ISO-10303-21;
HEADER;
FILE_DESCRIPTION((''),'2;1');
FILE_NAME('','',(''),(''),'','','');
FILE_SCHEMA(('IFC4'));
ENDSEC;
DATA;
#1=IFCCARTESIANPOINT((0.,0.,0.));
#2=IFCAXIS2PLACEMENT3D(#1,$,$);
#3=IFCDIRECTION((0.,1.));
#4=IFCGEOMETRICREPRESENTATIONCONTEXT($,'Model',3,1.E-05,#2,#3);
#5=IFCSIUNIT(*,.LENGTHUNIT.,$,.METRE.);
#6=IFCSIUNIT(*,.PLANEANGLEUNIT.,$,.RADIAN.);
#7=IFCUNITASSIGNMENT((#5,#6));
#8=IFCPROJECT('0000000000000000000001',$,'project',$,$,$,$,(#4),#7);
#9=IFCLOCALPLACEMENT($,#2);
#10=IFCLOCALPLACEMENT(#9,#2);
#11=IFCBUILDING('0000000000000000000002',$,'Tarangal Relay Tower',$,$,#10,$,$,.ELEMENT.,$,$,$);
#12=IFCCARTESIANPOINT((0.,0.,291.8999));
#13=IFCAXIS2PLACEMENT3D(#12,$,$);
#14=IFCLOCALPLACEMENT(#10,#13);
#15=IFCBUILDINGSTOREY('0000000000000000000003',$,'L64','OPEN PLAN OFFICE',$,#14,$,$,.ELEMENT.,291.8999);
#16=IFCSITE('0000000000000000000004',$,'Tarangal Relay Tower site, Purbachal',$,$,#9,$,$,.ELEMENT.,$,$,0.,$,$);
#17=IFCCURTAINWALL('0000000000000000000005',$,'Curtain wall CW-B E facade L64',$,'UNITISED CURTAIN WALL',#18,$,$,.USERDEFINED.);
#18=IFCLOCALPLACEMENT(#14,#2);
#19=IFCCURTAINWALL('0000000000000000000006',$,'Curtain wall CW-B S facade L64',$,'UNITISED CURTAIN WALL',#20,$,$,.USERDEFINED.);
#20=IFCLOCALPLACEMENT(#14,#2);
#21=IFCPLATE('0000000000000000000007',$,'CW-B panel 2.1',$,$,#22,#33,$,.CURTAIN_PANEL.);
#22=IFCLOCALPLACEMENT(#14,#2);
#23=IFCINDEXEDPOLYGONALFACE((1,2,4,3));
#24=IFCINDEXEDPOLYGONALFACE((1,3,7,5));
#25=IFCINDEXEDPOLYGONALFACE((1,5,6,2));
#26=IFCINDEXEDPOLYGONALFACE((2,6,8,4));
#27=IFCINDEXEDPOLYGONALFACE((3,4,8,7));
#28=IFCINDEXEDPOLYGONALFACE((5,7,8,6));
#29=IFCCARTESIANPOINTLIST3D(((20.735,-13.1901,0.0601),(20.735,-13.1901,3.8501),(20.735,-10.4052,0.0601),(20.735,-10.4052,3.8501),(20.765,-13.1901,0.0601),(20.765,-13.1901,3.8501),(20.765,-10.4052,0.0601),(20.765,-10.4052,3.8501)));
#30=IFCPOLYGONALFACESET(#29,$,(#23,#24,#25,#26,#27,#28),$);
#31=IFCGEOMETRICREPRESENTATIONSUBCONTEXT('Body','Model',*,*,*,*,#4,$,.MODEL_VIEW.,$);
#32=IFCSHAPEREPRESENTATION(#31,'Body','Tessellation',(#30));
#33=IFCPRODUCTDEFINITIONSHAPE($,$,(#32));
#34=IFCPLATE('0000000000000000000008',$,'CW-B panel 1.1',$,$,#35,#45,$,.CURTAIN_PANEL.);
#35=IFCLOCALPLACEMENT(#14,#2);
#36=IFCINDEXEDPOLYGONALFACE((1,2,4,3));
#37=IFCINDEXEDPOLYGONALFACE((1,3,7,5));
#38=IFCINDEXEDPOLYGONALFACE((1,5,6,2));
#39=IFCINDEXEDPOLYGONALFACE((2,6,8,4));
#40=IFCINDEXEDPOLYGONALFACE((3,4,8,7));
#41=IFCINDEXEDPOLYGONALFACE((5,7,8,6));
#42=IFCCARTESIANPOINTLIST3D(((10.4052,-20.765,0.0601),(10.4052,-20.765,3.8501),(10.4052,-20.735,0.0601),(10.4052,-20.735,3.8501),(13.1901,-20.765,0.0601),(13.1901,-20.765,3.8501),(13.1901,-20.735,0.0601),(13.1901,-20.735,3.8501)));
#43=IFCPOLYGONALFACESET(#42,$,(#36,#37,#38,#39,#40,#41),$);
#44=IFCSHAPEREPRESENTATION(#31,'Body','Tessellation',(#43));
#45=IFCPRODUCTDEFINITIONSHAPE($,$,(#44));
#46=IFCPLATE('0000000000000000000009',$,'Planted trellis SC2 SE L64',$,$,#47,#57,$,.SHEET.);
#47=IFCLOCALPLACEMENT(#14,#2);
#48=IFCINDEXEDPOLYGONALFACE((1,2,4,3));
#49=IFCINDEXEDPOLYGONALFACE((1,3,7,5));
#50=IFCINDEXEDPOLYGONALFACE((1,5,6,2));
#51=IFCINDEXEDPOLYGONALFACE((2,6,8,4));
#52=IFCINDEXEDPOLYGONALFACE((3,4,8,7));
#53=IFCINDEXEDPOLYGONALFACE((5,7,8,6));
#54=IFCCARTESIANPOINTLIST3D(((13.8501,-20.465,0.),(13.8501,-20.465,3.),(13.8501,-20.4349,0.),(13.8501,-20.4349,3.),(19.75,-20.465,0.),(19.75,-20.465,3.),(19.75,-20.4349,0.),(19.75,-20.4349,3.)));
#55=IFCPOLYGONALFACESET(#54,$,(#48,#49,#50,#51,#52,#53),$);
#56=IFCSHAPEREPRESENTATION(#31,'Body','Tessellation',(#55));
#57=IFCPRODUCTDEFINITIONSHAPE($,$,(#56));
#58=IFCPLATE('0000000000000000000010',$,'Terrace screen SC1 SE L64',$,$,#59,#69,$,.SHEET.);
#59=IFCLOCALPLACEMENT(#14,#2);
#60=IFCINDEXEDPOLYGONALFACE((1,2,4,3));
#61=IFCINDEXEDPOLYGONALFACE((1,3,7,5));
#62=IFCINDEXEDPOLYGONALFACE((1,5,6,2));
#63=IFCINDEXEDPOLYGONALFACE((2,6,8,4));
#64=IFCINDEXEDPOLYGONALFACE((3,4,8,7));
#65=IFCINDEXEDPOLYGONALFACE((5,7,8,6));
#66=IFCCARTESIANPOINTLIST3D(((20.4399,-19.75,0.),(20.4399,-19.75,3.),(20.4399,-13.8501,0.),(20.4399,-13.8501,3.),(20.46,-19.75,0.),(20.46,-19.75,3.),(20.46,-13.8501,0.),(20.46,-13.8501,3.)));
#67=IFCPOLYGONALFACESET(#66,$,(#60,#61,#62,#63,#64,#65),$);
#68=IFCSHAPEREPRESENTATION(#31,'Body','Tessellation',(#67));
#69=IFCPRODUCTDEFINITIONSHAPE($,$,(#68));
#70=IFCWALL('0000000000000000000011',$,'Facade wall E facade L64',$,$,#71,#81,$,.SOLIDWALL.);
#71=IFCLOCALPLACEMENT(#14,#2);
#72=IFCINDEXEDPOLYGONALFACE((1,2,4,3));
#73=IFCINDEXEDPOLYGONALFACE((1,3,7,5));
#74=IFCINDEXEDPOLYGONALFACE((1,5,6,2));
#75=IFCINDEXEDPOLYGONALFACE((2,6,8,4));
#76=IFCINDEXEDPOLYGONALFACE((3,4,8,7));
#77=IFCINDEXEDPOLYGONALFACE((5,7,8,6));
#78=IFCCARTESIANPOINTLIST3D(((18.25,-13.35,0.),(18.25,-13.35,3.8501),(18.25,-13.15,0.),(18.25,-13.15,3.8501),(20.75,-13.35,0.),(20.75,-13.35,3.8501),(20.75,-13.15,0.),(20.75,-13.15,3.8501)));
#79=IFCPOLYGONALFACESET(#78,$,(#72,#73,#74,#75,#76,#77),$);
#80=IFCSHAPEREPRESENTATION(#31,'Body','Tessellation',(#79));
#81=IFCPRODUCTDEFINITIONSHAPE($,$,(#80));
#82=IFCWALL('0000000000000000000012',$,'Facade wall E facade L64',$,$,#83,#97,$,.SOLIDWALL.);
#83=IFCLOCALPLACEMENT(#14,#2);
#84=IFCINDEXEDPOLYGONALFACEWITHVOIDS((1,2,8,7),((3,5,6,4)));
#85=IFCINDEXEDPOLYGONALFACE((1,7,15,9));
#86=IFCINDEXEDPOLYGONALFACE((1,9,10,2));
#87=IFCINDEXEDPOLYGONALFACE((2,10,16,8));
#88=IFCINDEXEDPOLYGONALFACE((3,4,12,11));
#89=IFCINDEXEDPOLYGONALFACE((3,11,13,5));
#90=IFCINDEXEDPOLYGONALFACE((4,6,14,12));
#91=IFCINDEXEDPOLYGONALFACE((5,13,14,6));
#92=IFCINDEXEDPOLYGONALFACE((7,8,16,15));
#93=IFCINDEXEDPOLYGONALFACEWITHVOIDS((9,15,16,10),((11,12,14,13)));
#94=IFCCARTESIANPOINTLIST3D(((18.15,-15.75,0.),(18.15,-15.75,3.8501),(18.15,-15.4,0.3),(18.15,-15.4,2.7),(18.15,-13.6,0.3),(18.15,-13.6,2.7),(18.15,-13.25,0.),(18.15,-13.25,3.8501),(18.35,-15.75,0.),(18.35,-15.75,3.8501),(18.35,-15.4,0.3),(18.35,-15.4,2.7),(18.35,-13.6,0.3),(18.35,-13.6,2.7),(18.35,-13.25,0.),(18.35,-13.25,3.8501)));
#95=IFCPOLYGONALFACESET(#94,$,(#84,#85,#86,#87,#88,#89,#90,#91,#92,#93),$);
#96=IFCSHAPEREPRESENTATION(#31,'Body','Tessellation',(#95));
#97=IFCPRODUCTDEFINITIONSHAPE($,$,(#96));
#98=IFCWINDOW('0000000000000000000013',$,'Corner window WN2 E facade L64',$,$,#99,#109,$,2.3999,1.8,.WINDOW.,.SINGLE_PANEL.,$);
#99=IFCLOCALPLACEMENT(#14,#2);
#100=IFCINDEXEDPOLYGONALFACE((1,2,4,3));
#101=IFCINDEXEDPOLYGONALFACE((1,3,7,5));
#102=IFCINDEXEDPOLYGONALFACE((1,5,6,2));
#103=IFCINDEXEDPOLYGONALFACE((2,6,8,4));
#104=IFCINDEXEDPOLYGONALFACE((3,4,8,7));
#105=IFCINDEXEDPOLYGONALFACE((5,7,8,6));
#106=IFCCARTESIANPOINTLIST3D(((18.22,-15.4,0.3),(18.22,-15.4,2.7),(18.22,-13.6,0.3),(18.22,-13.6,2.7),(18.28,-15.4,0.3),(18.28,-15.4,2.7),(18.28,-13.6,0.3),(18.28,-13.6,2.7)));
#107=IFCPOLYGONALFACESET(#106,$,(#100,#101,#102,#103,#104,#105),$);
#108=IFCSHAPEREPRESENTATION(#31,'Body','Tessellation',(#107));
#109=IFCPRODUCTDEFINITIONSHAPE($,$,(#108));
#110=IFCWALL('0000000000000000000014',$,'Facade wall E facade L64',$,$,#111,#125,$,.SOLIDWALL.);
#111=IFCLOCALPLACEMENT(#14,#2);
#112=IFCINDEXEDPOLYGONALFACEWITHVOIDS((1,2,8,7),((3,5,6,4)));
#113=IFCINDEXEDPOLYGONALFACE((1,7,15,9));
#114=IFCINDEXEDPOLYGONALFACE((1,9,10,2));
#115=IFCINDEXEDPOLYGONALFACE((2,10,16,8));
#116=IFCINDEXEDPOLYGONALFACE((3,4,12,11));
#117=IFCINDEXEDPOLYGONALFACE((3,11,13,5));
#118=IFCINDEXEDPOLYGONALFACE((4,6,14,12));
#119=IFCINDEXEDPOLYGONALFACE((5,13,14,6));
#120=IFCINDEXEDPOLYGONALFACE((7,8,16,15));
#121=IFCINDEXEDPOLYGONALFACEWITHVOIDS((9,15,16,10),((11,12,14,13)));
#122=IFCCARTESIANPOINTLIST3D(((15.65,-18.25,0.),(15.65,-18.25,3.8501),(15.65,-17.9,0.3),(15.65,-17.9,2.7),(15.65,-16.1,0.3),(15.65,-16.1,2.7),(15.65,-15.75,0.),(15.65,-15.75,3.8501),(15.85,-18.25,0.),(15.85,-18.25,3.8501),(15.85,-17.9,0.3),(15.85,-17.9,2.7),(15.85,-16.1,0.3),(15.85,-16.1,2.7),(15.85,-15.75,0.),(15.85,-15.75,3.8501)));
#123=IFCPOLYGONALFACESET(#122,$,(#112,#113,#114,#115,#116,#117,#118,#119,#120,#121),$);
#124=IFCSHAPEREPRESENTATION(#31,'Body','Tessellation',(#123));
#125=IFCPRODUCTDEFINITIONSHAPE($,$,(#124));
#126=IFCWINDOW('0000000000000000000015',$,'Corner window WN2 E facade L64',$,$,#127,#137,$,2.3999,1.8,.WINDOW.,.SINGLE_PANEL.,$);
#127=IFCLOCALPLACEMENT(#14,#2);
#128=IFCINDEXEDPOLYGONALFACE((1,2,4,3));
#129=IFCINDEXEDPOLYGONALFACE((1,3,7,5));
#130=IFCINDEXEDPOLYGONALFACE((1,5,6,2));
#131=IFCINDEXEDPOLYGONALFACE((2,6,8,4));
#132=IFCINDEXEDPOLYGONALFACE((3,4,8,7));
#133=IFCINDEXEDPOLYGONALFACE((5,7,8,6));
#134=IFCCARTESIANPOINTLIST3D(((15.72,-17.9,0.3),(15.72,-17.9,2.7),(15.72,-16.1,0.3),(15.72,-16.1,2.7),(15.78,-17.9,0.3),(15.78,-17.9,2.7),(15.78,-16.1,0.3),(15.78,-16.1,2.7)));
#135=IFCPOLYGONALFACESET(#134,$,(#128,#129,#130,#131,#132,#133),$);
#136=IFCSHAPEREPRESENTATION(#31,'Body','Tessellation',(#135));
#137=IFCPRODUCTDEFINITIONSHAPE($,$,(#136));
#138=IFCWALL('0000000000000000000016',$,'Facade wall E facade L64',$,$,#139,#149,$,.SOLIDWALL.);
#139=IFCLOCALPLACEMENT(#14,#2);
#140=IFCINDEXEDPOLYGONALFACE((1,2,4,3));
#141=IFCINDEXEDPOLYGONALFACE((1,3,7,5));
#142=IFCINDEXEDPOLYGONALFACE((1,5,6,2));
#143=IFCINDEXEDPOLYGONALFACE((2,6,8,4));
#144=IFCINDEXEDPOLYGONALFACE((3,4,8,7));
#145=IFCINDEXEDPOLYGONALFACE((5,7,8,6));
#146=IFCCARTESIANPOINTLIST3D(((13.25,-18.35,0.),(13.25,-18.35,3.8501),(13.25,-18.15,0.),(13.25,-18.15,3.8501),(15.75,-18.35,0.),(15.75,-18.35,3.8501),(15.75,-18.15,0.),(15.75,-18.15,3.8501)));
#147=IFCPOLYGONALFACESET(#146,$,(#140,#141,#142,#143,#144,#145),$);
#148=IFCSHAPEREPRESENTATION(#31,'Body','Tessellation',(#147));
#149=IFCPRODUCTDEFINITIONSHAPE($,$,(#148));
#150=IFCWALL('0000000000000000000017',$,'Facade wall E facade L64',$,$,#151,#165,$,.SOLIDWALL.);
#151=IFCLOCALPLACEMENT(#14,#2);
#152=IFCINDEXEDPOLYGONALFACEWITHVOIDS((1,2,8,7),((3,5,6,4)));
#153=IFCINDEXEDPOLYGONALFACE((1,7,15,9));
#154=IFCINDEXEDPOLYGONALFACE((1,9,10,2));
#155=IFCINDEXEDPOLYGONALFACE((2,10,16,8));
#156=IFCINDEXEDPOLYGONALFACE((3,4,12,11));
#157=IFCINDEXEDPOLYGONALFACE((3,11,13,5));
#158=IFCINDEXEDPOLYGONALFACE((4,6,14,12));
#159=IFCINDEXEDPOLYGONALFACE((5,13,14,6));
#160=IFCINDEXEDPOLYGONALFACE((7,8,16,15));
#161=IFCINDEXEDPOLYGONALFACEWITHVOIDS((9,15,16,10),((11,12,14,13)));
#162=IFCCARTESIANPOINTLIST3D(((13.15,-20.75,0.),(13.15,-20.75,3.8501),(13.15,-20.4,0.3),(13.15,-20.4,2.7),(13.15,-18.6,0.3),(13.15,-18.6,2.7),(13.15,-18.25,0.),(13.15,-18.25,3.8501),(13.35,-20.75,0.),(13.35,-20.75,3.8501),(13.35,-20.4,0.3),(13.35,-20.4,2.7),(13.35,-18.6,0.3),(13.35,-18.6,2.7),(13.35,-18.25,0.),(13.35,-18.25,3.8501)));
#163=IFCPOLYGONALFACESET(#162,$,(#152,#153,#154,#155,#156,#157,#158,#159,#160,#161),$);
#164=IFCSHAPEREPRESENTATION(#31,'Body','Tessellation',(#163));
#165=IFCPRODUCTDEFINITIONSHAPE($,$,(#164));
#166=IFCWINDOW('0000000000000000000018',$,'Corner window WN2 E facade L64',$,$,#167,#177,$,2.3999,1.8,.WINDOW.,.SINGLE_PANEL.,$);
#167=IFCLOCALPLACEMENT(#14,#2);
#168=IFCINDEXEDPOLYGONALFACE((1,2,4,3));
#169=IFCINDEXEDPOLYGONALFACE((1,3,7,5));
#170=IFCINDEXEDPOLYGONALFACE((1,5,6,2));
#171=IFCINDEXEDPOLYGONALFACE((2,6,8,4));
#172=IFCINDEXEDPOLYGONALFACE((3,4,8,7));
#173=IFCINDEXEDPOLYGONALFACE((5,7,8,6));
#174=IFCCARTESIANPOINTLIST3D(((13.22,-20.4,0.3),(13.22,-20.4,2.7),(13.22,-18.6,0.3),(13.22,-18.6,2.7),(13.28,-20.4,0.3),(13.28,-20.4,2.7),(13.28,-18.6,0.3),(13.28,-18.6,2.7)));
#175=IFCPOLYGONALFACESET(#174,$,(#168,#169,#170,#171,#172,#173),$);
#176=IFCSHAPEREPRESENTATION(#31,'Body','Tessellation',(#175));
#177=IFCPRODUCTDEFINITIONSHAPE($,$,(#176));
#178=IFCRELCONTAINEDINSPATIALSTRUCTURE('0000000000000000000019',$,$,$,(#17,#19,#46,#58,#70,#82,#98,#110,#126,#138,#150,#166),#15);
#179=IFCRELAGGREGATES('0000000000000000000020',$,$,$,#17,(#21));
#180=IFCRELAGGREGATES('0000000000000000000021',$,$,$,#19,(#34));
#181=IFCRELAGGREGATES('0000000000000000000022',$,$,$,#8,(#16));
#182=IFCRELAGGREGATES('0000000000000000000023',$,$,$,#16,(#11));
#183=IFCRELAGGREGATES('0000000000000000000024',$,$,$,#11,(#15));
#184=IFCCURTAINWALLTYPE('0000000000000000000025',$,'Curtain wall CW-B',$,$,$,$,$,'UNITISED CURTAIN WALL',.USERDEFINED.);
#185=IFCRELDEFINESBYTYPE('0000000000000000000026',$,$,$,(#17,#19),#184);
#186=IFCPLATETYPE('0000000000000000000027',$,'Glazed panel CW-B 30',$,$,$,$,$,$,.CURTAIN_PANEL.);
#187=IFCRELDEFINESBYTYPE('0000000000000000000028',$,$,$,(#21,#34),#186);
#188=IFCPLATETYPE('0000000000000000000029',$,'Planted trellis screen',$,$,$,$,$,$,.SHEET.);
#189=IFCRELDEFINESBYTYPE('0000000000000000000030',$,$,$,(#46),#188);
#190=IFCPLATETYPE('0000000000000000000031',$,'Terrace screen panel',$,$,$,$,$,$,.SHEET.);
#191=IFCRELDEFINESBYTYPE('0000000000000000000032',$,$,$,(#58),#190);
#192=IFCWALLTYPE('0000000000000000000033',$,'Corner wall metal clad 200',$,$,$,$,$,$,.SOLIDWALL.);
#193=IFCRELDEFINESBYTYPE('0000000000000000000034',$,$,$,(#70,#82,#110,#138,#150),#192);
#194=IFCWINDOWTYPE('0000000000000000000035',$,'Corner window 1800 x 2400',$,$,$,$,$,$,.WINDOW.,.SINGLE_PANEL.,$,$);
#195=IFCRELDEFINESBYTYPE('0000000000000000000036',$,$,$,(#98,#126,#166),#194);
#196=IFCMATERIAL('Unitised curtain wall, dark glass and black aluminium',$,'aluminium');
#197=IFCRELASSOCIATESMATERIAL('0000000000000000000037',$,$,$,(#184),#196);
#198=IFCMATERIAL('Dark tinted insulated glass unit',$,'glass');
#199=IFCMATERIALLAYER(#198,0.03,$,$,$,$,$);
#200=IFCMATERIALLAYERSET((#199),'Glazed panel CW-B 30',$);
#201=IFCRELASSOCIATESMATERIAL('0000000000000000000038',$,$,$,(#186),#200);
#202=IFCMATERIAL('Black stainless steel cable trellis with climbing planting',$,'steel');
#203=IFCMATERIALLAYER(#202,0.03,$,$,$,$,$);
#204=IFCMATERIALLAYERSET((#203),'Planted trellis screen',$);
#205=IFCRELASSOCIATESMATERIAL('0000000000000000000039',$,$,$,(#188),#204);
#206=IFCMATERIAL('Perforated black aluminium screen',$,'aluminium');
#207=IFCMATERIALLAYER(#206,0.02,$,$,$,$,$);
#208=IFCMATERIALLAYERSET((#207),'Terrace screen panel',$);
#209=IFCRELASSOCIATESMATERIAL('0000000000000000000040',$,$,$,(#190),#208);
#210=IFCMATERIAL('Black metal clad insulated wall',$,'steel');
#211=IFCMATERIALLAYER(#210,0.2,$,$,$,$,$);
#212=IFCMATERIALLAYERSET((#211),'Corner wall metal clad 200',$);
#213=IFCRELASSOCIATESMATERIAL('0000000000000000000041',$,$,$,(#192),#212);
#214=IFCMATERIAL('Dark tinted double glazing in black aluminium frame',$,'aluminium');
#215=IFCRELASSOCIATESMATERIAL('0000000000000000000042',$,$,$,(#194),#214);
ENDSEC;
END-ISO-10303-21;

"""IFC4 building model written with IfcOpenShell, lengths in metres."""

from ifc_helpers import new_model, si_unit, direction, frame, frame_2d, origin, origin_2d, place, context, subcontext, project, spatial, rectangle, extrude, material, layer, layer_set, type_object, element, fill, aggregate, save


model = new_model("IFC4")

# Units and contexts
model_context = context("Model", 3, precision=1e-05, world=origin(), true_north=direction((0.0, 1.0)))
body_context = subcontext(model_context, "Body", "Model", "MODEL_VIEW")
ifc_project = project(units=[si_unit("LENGTHUNIT", "METRE"), si_unit("PLANEANGLEUNIT", "RADIAN")], contexts=[model_context])

# Site, building, storey
site_placement = place(None, origin())
site = spatial("IfcSite", under=ifc_project, at=site_placement, Name="Tarangal Relay Tower site, Purbachal", CompositionType="ELEMENT", RefElevation=0.0)
building_placement = place(site_placement, origin())
building = spatial("IfcBuilding", under=site, at=building_placement, Name="Tarangal Relay Tower", CompositionType="ELEMENT")
storey_placement = place(building_placement, frame((0.0, 0.0, 291.8999)))
storey = spatial("IfcBuildingStorey", under=building, at=storey_placement, Name="L64", Description="OPEN PLAN OFFICE", CompositionType="ELEMENT", Elevation=291.8999)

# Curtain wall
ifc_material_1 = material(Name="Unitised curtain wall, dark glass and black aluminium", Category="aluminium")
curtain_wall_type = type_object("IfcCurtainWallType", Name="Curtain wall CW-B", ElementType="UNITISED CURTAIN WALL", PredefinedType="USERDEFINED", material=ifc_material_1)
curtain_wall_1_placement = place(storey_placement, origin())
curtain_wall_1 = element("IfcCurtainWall", 1, at=curtain_wall_1_placement, inside=storey, type_object=curtain_wall_type, Name="Curtain wall CW-B E facade L64", ObjectType="UNITISED CURTAIN WALL", PredefinedType="USERDEFINED")

# Curtain wall
curtain_wall_2_placement = place(storey_placement, origin())
curtain_wall_2 = element("IfcCurtainWall", 2, at=curtain_wall_2_placement, inside=storey, type_object=curtain_wall_type, Name="Curtain wall CW-B S facade L64", ObjectType="UNITISED CURTAIN WALL", PredefinedType="USERDEFINED")

# Plates
ifc_material_2 = material(Name="Dark tinted insulated glass unit", Category="glass")
ifc_layer_1 = layer(ifc_material_2, 0.03)
ifc_layer_set_1 = layer_set([ifc_layer_1], Name="Glazed panel CW-B 30")
plate_type_1 = type_object("IfcPlateType", Name="Glazed panel CW-B 30", PredefinedType="CURTAIN_PANEL", material=ifc_layer_set_1)
plate_1_placement = place(storey_placement, frame((20.75, -11.7976, 0.0601), z_axis=(0.0, 0.0, 1.0), x_axis=(0.0, -1.0, 0.0)))
plate_1 = element("IfcPlate", 3, at=plate_1_placement, type_object=plate_type_1, Name="CW-B panel 2.1", PredefinedType="CURTAIN_PANEL", context=body_context, shape_type="SweptSolid", body=[
    extrude(rectangle(XDim=2.7849, YDim=0.03, at=origin_2d()), origin(), (0.0, 0.0, 1.0), 3.79),
])
aggregate(curtain_wall_1, [plate_1])
plate_2_placement = place(storey_placement, frame((11.7976, -20.75, 0.0601), z_axis=(0.0, 0.0, 1.0), x_axis=(-1.0, 0.0, 0.0)))
plate_2 = element("IfcPlate", 4, at=plate_2_placement, type_object=plate_type_1, Name="CW-B panel 1.1", PredefinedType="CURTAIN_PANEL", context=body_context, shape_type="SweptSolid", body=[
    extrude(rectangle(XDim=2.7849, YDim=0.03, at=origin_2d()), origin(), (0.0, 0.0, 1.0), 3.79),
])
aggregate(curtain_wall_2, [plate_2])

# Plates
ifc_material_3 = material(Name="Black stainless steel cable trellis with climbing planting", Category="steel")
ifc_layer_2 = layer(ifc_material_3, 0.03)
ifc_layer_set_2 = layer_set([ifc_layer_2], Name="Planted trellis screen")
plate_type_2 = type_object("IfcPlateType", Name="Planted trellis screen", PredefinedType="SHEET", material=ifc_layer_set_2)
plate_3_placement = place(storey_placement, frame((16.8, -20.45, 0.0), z_axis=(0.0, 0.0, 1.0), x_axis=(-1.0, 0.0, 0.0)))
element("IfcPlate", 5, at=plate_3_placement, inside=storey, type_object=plate_type_2, Name="Planted trellis SC2 SE L64", PredefinedType="SHEET", context=body_context, shape_type="SweptSolid", body=[
    extrude(rectangle(XDim=5.8999, YDim=0.03, at=origin_2d()), origin(), (0.0, 0.0, 1.0), 3.0),
])
ifc_material_4 = material(Name="Perforated black aluminium screen", Category="aluminium")
ifc_layer_3 = layer(ifc_material_4, 0.02)
ifc_layer_set_3 = layer_set([ifc_layer_3], Name="Terrace screen panel")
plate_type_3 = type_object("IfcPlateType", Name="Terrace screen panel", PredefinedType="SHEET", material=ifc_layer_set_3)
plate_4_placement = place(storey_placement, frame((20.45, -16.8, 0.0), z_axis=(0.0, 0.0, 1.0), x_axis=(0.0, -1.0, 0.0)))
element("IfcPlate", 6, at=plate_4_placement, inside=storey, type_object=plate_type_3, Name="Terrace screen SC1 SE L64", PredefinedType="SHEET", context=body_context, shape_type="SweptSolid", body=[
    extrude(rectangle(XDim=5.8999, YDim=0.02, at=origin_2d()), origin(), (0.0, 0.0, 1.0), 3.0),
])

# Wall
ifc_material_5 = material(Name="Black metal clad insulated wall", Category="steel")
ifc_layer_4 = layer(ifc_material_5, 0.2)
ifc_layer_set_4 = layer_set([ifc_layer_4], Name="Corner wall metal clad 200")
wall_type_1 = type_object("IfcWallType", Name="Corner wall metal clad 200", PredefinedType="SOLIDWALL", material=ifc_layer_set_4)
wall_1_placement = place(storey_placement, frame((20.75, -13.25, 0.0), z_axis=(0.0, 0.0, 1.0), x_axis=(-1.0, 0.0, 0.0)))
element("IfcWall", 7, at=wall_1_placement, inside=storey, type_object=wall_type_1, Name="Facade wall E facade L64", PredefinedType="SOLIDWALL", context=body_context, shape_type="SweptSolid", body=[
    extrude(rectangle(XDim=2.5, YDim=0.2, at=frame_2d((1.25, 0.0))), origin(), (0.0, 0.0, 1.0), 3.8501),
])

# Wall, opening, window
wall_2_placement = place(storey_placement, frame((18.25, -13.25, 0.0), z_axis=(0.0, 0.0, 1.0), x_axis=(0.0, -1.0, 0.0)))
wall_2 = element("IfcWall", 8, at=wall_2_placement, inside=storey, type_object=wall_type_1, Name="Facade wall E facade L64", PredefinedType="SOLIDWALL", context=body_context, shape_type="SweptSolid", body=[
    extrude(rectangle(XDim=2.5, YDim=0.2, at=frame_2d((1.25, 0.0))), origin(), (0.0, 0.0, 1.0), 3.8501),
])
opening_1_placement = place(wall_2_placement, frame((0.3501, 0.0, 0.3)))
opening_1 = element("IfcOpeningElement", 9, at=opening_1_placement, cuts=wall_2, PredefinedType="OPENING", context=body_context, shape_type="SweptSolid", body=[
    extrude(rectangle(XDim=1.8, YDim=2.3999, at=frame_2d((0.8999, 1.2))), frame((0.0, 0.1099, 0.0), z_axis=(0.0, -1.0, 0.0), x_axis=(1.0, 0.0, 0.0)), (0.0, 0.0, 1.0), 0.22),
])
ifc_material_6 = material(Name="Dark tinted double glazing in black aluminium frame", Category="aluminium")
window_type = type_object("IfcWindowType", Name="Corner window 1800 x 2400", PartitioningType="SINGLE_PANEL", PredefinedType="WINDOW", material=ifc_material_6)
window_1_placement = place(opening_1_placement, origin())
window_1 = element("IfcWindow", 10, at=window_1_placement, inside=storey, type_object=window_type, Name="Corner window WN2 E facade L64", OverallHeight=2.3999, OverallWidth=1.8, PartitioningType="SINGLE_PANEL", PredefinedType="WINDOW", context=body_context, shape_type="SweptSolid", body=[
    extrude(rectangle(XDim=1.8, YDim=2.3999, at=frame_2d((0.8999, 1.2))), frame((0.0, 0.03, 0.0), z_axis=(0.0, -1.0, 0.0), x_axis=(1.0, 0.0, 0.0)), (0.0, 0.0, 1.0), 0.0601),
])
fill(opening_1, window_1)

# Wall, opening, window
wall_3_placement = place(storey_placement, frame((15.75, -15.75, 0.0), z_axis=(0.0, 0.0, 1.0), x_axis=(0.0, -1.0, 0.0)))
wall_3 = element("IfcWall", 11, at=wall_3_placement, inside=storey, type_object=wall_type_1, Name="Facade wall E facade L64", PredefinedType="SOLIDWALL", context=body_context, shape_type="SweptSolid", body=[
    extrude(rectangle(XDim=2.5, YDim=0.2, at=frame_2d((1.25, 0.0))), origin(), (0.0, 0.0, 1.0), 3.8501),
])
opening_2_placement = place(wall_3_placement, frame((0.3501, 0.0, 0.3)))
opening_2 = element("IfcOpeningElement", 12, at=opening_2_placement, cuts=wall_3, PredefinedType="OPENING", context=body_context, shape_type="SweptSolid", body=[
    extrude(rectangle(XDim=1.8, YDim=2.3999, at=frame_2d((0.8999, 1.2))), frame((0.0, 0.1099, 0.0), z_axis=(0.0, -1.0, 0.0), x_axis=(1.0, 0.0, 0.0)), (0.0, 0.0, 1.0), 0.22),
])
window_2_placement = place(opening_2_placement, origin())
window_2 = element("IfcWindow", 13, at=window_2_placement, inside=storey, type_object=window_type, Name="Corner window WN2 E facade L64", OverallHeight=2.3999, OverallWidth=1.8, PartitioningType="SINGLE_PANEL", PredefinedType="WINDOW", context=body_context, shape_type="SweptSolid", body=[
    extrude(rectangle(XDim=1.8, YDim=2.3999, at=frame_2d((0.8999, 1.2))), frame((0.0, 0.03, 0.0), z_axis=(0.0, -1.0, 0.0), x_axis=(1.0, 0.0, 0.0)), (0.0, 0.0, 1.0), 0.0601),
])
fill(opening_2, window_2)

# Wall
wall_4_placement = place(storey_placement, frame((15.75, -18.25, 0.0), z_axis=(0.0, 0.0, 1.0), x_axis=(-1.0, 0.0, 0.0)))
element("IfcWall", 14, at=wall_4_placement, inside=storey, type_object=wall_type_1, Name="Facade wall E facade L64", PredefinedType="SOLIDWALL", context=body_context, shape_type="SweptSolid", body=[
    extrude(rectangle(XDim=2.5, YDim=0.2, at=frame_2d((1.25, 0.0))), origin(), (0.0, 0.0, 1.0), 3.8501),
])

# Wall, opening, window
wall_5_placement = place(storey_placement, frame((13.25, -18.25, 0.0), z_axis=(0.0, 0.0, 1.0), x_axis=(0.0, -1.0, 0.0)))
wall_5 = element("IfcWall", 15, at=wall_5_placement, inside=storey, type_object=wall_type_1, Name="Facade wall E facade L64", PredefinedType="SOLIDWALL", context=body_context, shape_type="SweptSolid", body=[
    extrude(rectangle(XDim=2.5, YDim=0.2, at=frame_2d((1.25, 0.0))), origin(), (0.0, 0.0, 1.0), 3.8501),
])
opening_3_placement = place(wall_5_placement, frame((0.3501, 0.0, 0.3)))
opening_3 = element("IfcOpeningElement", 16, at=opening_3_placement, cuts=wall_5, PredefinedType="OPENING", context=body_context, shape_type="SweptSolid", body=[
    extrude(rectangle(XDim=1.8, YDim=2.3999, at=frame_2d((0.8999, 1.2))), frame((0.0, 0.1099, 0.0), z_axis=(0.0, -1.0, 0.0), x_axis=(1.0, 0.0, 0.0)), (0.0, 0.0, 1.0), 0.22),
])
window_3_placement = place(opening_3_placement, origin())
window_3 = element("IfcWindow", 17, at=window_3_placement, inside=storey, type_object=window_type, Name="Corner window WN2 E facade L64", OverallHeight=2.3999, OverallWidth=1.8, PartitioningType="SINGLE_PANEL", PredefinedType="WINDOW", context=body_context, shape_type="SweptSolid", body=[
    extrude(rectangle(XDim=1.8, YDim=2.3999, at=frame_2d((0.8999, 1.2))), frame((0.0, 0.03, 0.0), z_axis=(0.0, -1.0, 0.0), x_axis=(1.0, 0.0, 0.0)), (0.0, 0.0, 1.0), 0.0601),
])
fill(opening_3, window_3)

save(model, "model.ifc")
